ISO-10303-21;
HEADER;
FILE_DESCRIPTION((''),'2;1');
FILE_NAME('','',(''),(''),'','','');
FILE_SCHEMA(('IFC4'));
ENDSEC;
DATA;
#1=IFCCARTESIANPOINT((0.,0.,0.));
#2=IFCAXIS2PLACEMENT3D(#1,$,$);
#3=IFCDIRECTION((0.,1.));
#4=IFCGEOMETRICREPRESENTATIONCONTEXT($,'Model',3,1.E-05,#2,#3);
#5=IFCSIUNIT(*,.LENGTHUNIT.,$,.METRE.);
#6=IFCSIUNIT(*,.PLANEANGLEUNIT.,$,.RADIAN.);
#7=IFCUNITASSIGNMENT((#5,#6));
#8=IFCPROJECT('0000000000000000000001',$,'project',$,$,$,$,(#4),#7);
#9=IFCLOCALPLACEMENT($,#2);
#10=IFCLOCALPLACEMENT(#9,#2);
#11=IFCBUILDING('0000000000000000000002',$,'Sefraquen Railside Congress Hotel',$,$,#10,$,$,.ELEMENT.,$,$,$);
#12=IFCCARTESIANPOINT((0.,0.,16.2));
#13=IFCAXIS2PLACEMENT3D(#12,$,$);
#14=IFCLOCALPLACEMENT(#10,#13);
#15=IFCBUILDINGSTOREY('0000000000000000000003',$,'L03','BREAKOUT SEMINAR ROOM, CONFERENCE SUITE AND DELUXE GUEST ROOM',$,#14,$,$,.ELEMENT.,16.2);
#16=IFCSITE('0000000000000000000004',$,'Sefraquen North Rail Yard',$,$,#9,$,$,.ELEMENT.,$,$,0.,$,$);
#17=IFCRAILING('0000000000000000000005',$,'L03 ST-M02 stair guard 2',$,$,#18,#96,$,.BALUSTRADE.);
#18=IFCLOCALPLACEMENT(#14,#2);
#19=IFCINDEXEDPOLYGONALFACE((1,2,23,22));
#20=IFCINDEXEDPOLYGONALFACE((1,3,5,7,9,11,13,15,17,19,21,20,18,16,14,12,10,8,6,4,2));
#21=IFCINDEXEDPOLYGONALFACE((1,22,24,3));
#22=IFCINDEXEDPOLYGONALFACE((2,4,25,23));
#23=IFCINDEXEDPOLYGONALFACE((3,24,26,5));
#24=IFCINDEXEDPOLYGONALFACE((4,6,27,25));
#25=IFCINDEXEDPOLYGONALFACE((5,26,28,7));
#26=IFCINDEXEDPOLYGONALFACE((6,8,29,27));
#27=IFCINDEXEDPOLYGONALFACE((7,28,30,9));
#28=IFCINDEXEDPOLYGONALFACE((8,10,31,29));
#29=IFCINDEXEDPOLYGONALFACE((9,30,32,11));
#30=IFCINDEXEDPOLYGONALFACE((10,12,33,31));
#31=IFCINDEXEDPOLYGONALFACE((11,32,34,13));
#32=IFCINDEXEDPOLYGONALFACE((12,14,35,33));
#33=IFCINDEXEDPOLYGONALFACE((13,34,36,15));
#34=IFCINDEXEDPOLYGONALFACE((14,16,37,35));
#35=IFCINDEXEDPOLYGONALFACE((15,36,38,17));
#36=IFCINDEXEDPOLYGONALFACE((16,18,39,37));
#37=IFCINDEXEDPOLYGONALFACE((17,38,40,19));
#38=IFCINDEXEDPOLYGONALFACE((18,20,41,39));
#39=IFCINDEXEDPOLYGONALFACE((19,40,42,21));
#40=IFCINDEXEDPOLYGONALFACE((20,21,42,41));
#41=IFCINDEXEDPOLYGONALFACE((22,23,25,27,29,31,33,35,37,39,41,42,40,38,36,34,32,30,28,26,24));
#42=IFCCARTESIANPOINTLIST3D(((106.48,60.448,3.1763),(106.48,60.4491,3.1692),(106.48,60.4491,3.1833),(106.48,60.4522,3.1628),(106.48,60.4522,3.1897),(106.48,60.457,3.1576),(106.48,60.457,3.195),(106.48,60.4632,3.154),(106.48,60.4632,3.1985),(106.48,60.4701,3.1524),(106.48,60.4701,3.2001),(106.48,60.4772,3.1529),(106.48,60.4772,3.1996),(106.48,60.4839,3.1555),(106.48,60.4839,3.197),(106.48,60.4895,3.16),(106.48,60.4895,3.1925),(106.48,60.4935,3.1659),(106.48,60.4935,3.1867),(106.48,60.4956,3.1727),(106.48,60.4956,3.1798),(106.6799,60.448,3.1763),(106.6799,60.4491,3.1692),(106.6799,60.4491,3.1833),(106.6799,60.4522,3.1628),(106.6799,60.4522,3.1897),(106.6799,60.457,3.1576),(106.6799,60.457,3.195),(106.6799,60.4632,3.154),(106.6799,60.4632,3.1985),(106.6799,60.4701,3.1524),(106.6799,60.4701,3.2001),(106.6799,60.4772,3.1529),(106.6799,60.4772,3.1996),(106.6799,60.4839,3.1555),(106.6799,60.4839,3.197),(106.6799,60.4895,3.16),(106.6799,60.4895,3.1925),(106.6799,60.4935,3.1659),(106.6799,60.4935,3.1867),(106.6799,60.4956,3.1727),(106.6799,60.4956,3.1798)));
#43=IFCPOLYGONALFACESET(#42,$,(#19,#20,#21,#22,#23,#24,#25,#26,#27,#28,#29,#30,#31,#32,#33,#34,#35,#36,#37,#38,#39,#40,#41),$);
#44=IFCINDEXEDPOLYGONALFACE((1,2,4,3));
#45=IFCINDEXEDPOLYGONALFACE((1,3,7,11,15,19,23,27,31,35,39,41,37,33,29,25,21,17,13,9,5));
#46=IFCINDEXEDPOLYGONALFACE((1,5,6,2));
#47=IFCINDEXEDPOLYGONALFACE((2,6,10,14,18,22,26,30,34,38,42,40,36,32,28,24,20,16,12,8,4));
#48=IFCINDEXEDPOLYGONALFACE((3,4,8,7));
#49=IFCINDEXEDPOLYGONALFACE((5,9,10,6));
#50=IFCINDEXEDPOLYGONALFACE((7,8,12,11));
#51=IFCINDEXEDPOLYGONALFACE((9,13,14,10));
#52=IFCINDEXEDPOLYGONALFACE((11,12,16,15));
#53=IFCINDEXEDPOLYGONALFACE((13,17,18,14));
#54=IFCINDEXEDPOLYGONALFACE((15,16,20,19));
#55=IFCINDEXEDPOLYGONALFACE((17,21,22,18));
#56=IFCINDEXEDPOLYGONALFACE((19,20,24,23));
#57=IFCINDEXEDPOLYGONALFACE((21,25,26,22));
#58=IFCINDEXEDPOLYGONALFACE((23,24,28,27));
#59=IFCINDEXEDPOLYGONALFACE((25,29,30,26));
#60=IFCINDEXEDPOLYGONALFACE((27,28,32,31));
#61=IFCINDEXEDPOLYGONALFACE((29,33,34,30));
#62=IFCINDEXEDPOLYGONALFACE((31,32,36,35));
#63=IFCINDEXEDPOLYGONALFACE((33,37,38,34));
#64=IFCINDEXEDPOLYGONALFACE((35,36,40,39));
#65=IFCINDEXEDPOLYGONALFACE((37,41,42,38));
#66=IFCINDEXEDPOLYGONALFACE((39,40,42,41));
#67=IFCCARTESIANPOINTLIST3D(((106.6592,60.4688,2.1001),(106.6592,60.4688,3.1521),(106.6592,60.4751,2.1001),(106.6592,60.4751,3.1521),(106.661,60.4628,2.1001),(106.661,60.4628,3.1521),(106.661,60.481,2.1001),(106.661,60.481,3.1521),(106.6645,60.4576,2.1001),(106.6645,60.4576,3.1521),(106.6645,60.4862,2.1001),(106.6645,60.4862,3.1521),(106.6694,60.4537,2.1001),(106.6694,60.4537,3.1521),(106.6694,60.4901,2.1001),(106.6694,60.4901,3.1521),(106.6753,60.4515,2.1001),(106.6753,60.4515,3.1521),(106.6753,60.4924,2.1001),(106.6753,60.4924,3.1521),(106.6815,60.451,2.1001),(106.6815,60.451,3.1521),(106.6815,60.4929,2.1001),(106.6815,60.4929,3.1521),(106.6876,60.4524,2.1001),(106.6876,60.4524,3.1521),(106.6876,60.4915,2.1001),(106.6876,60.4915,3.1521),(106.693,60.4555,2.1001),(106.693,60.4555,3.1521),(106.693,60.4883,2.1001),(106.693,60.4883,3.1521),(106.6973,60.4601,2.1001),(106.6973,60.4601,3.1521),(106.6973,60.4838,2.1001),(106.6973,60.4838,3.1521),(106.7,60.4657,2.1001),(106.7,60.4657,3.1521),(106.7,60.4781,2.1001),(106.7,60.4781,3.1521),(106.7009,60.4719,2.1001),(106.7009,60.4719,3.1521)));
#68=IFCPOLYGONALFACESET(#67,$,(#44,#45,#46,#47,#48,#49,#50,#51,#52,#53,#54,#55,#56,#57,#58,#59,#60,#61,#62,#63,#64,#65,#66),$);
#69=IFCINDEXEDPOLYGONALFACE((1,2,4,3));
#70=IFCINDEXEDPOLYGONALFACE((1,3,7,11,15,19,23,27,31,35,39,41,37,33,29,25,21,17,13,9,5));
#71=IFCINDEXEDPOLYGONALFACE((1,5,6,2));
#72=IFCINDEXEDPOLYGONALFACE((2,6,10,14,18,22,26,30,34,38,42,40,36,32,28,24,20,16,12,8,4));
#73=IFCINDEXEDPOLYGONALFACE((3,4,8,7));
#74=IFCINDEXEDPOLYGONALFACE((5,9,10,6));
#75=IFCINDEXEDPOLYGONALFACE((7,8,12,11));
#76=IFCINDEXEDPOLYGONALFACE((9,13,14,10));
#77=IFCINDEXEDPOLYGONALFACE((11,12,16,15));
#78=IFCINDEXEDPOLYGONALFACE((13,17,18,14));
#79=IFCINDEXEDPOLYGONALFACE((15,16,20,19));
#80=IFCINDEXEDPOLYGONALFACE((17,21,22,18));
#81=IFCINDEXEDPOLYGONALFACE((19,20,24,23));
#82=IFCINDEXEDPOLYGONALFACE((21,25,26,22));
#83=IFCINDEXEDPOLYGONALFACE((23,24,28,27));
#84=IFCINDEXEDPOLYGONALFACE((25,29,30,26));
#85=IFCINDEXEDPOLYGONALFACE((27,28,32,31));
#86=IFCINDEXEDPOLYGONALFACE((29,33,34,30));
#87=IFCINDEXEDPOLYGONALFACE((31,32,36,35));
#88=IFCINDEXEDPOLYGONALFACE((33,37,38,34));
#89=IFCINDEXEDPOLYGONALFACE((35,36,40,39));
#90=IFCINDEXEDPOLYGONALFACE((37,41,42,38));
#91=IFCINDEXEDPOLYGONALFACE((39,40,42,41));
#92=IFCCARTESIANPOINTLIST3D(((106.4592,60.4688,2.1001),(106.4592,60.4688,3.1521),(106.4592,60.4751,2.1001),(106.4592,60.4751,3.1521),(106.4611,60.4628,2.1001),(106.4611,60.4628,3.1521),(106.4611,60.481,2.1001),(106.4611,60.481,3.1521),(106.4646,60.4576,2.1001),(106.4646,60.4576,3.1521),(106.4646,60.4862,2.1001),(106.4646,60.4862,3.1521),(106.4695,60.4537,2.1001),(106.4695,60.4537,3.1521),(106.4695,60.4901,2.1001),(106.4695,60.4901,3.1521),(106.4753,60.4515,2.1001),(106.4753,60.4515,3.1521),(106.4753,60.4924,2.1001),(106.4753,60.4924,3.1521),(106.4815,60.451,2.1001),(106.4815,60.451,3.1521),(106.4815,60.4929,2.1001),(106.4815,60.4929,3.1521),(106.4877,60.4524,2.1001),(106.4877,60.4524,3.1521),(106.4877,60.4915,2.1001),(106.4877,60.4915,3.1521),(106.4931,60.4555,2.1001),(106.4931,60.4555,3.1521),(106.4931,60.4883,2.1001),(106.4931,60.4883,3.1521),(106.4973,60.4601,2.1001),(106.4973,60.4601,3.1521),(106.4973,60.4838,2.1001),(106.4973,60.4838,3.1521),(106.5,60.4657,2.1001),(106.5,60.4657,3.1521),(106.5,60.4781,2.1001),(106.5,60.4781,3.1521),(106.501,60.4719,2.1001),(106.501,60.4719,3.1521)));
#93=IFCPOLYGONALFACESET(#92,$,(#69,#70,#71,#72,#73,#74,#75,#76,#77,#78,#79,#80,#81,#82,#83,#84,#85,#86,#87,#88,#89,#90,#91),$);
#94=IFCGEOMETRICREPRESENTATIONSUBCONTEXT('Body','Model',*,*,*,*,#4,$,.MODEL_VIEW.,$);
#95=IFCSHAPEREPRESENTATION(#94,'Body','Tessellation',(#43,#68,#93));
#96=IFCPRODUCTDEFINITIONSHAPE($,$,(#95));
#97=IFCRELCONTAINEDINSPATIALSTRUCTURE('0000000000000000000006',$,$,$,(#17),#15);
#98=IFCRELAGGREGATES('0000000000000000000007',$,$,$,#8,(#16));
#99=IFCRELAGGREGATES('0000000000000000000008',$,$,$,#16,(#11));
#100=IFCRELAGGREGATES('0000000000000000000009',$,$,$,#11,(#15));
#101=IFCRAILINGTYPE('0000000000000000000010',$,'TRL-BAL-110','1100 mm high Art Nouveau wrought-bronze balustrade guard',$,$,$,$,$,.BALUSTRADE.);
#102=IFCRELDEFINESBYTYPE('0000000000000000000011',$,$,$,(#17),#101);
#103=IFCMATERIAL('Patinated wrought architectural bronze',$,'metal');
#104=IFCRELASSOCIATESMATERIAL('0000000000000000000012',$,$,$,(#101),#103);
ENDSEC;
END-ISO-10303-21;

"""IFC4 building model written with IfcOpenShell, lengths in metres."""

from ifc_helpers import new_model, si_unit, direction, frame, origin, origin_2d, place, context, subcontext, project, spatial, circle, extrude, material, type_object, element, save


model = new_model("IFC4")

# Units and contexts
model_context = context("Model", 3, precision=1e-05, world=origin(), true_north=direction((0.0, 1.0)))
body_context = subcontext(model_context, "Body", "Model", "MODEL_VIEW")
ifc_project = project(units=[si_unit("LENGTHUNIT", "METRE"), si_unit("PLANEANGLEUNIT", "RADIAN")], contexts=[model_context])

# Site, building, storey
site_placement = place(None, origin())
site = spatial("IfcSite", under=ifc_project, at=site_placement, Name="Sefraquen North Rail Yard", CompositionType="ELEMENT", RefElevation=0.0)
building_placement = place(site_placement, origin())
building = spatial("IfcBuilding", under=site, at=building_placement, Name="Sefraquen Railside Congress Hotel", CompositionType="ELEMENT")
storey_placement = place(building_placement, frame((0.0, 0.0, 16.2)))
storey = spatial("IfcBuildingStorey", under=building, at=storey_placement, Name="L03", Description="BREAKOUT SEMINAR ROOM, CONFERENCE SUITE AND DELUXE GUEST ROOM", CompositionType="ELEMENT", Elevation=16.2)

# Railing
ifc_material_1 = material(Name="Patinated wrought architectural bronze", Category="metal")
railing_type_1 = type_object("IfcRailingType", Name="TRL-BAL-110", Description="1100 mm high Art Nouveau wrought-bronze balustrade guard", PredefinedType="BALUSTRADE", material=ifc_material_1)
railing_1_placement = place(storey_placement, frame((106.6799, 60.4719, 2.1001)))
element("IfcRailing", 1, at=railing_1_placement, inside=storey, type_object=railing_type_1, Name="L03 ST-M02 stair guard 2", PredefinedType="BALUSTRADE", context=body_context, shape_type="SweptSolid", body=[
    extrude(circle(Radius=0.0239, at=origin_2d()), frame((0.0, 0.0, 1.0762), z_axis=(-1.0, 0.0, 0.0), x_axis=(0.0, -1.0, 0.0)), (0.0, 0.0, 1.0), 0.2),
    extrude(circle(Radius=0.021, at=origin_2d()), origin(), (0.0, 0.0, 1.0), 1.052),
    extrude(circle(Radius=0.021, at=origin_2d()), frame((-0.2, 0.0, 0.0)), (0.0, 0.0, 1.0), 1.052),
])

save(model, "model.ifc")
